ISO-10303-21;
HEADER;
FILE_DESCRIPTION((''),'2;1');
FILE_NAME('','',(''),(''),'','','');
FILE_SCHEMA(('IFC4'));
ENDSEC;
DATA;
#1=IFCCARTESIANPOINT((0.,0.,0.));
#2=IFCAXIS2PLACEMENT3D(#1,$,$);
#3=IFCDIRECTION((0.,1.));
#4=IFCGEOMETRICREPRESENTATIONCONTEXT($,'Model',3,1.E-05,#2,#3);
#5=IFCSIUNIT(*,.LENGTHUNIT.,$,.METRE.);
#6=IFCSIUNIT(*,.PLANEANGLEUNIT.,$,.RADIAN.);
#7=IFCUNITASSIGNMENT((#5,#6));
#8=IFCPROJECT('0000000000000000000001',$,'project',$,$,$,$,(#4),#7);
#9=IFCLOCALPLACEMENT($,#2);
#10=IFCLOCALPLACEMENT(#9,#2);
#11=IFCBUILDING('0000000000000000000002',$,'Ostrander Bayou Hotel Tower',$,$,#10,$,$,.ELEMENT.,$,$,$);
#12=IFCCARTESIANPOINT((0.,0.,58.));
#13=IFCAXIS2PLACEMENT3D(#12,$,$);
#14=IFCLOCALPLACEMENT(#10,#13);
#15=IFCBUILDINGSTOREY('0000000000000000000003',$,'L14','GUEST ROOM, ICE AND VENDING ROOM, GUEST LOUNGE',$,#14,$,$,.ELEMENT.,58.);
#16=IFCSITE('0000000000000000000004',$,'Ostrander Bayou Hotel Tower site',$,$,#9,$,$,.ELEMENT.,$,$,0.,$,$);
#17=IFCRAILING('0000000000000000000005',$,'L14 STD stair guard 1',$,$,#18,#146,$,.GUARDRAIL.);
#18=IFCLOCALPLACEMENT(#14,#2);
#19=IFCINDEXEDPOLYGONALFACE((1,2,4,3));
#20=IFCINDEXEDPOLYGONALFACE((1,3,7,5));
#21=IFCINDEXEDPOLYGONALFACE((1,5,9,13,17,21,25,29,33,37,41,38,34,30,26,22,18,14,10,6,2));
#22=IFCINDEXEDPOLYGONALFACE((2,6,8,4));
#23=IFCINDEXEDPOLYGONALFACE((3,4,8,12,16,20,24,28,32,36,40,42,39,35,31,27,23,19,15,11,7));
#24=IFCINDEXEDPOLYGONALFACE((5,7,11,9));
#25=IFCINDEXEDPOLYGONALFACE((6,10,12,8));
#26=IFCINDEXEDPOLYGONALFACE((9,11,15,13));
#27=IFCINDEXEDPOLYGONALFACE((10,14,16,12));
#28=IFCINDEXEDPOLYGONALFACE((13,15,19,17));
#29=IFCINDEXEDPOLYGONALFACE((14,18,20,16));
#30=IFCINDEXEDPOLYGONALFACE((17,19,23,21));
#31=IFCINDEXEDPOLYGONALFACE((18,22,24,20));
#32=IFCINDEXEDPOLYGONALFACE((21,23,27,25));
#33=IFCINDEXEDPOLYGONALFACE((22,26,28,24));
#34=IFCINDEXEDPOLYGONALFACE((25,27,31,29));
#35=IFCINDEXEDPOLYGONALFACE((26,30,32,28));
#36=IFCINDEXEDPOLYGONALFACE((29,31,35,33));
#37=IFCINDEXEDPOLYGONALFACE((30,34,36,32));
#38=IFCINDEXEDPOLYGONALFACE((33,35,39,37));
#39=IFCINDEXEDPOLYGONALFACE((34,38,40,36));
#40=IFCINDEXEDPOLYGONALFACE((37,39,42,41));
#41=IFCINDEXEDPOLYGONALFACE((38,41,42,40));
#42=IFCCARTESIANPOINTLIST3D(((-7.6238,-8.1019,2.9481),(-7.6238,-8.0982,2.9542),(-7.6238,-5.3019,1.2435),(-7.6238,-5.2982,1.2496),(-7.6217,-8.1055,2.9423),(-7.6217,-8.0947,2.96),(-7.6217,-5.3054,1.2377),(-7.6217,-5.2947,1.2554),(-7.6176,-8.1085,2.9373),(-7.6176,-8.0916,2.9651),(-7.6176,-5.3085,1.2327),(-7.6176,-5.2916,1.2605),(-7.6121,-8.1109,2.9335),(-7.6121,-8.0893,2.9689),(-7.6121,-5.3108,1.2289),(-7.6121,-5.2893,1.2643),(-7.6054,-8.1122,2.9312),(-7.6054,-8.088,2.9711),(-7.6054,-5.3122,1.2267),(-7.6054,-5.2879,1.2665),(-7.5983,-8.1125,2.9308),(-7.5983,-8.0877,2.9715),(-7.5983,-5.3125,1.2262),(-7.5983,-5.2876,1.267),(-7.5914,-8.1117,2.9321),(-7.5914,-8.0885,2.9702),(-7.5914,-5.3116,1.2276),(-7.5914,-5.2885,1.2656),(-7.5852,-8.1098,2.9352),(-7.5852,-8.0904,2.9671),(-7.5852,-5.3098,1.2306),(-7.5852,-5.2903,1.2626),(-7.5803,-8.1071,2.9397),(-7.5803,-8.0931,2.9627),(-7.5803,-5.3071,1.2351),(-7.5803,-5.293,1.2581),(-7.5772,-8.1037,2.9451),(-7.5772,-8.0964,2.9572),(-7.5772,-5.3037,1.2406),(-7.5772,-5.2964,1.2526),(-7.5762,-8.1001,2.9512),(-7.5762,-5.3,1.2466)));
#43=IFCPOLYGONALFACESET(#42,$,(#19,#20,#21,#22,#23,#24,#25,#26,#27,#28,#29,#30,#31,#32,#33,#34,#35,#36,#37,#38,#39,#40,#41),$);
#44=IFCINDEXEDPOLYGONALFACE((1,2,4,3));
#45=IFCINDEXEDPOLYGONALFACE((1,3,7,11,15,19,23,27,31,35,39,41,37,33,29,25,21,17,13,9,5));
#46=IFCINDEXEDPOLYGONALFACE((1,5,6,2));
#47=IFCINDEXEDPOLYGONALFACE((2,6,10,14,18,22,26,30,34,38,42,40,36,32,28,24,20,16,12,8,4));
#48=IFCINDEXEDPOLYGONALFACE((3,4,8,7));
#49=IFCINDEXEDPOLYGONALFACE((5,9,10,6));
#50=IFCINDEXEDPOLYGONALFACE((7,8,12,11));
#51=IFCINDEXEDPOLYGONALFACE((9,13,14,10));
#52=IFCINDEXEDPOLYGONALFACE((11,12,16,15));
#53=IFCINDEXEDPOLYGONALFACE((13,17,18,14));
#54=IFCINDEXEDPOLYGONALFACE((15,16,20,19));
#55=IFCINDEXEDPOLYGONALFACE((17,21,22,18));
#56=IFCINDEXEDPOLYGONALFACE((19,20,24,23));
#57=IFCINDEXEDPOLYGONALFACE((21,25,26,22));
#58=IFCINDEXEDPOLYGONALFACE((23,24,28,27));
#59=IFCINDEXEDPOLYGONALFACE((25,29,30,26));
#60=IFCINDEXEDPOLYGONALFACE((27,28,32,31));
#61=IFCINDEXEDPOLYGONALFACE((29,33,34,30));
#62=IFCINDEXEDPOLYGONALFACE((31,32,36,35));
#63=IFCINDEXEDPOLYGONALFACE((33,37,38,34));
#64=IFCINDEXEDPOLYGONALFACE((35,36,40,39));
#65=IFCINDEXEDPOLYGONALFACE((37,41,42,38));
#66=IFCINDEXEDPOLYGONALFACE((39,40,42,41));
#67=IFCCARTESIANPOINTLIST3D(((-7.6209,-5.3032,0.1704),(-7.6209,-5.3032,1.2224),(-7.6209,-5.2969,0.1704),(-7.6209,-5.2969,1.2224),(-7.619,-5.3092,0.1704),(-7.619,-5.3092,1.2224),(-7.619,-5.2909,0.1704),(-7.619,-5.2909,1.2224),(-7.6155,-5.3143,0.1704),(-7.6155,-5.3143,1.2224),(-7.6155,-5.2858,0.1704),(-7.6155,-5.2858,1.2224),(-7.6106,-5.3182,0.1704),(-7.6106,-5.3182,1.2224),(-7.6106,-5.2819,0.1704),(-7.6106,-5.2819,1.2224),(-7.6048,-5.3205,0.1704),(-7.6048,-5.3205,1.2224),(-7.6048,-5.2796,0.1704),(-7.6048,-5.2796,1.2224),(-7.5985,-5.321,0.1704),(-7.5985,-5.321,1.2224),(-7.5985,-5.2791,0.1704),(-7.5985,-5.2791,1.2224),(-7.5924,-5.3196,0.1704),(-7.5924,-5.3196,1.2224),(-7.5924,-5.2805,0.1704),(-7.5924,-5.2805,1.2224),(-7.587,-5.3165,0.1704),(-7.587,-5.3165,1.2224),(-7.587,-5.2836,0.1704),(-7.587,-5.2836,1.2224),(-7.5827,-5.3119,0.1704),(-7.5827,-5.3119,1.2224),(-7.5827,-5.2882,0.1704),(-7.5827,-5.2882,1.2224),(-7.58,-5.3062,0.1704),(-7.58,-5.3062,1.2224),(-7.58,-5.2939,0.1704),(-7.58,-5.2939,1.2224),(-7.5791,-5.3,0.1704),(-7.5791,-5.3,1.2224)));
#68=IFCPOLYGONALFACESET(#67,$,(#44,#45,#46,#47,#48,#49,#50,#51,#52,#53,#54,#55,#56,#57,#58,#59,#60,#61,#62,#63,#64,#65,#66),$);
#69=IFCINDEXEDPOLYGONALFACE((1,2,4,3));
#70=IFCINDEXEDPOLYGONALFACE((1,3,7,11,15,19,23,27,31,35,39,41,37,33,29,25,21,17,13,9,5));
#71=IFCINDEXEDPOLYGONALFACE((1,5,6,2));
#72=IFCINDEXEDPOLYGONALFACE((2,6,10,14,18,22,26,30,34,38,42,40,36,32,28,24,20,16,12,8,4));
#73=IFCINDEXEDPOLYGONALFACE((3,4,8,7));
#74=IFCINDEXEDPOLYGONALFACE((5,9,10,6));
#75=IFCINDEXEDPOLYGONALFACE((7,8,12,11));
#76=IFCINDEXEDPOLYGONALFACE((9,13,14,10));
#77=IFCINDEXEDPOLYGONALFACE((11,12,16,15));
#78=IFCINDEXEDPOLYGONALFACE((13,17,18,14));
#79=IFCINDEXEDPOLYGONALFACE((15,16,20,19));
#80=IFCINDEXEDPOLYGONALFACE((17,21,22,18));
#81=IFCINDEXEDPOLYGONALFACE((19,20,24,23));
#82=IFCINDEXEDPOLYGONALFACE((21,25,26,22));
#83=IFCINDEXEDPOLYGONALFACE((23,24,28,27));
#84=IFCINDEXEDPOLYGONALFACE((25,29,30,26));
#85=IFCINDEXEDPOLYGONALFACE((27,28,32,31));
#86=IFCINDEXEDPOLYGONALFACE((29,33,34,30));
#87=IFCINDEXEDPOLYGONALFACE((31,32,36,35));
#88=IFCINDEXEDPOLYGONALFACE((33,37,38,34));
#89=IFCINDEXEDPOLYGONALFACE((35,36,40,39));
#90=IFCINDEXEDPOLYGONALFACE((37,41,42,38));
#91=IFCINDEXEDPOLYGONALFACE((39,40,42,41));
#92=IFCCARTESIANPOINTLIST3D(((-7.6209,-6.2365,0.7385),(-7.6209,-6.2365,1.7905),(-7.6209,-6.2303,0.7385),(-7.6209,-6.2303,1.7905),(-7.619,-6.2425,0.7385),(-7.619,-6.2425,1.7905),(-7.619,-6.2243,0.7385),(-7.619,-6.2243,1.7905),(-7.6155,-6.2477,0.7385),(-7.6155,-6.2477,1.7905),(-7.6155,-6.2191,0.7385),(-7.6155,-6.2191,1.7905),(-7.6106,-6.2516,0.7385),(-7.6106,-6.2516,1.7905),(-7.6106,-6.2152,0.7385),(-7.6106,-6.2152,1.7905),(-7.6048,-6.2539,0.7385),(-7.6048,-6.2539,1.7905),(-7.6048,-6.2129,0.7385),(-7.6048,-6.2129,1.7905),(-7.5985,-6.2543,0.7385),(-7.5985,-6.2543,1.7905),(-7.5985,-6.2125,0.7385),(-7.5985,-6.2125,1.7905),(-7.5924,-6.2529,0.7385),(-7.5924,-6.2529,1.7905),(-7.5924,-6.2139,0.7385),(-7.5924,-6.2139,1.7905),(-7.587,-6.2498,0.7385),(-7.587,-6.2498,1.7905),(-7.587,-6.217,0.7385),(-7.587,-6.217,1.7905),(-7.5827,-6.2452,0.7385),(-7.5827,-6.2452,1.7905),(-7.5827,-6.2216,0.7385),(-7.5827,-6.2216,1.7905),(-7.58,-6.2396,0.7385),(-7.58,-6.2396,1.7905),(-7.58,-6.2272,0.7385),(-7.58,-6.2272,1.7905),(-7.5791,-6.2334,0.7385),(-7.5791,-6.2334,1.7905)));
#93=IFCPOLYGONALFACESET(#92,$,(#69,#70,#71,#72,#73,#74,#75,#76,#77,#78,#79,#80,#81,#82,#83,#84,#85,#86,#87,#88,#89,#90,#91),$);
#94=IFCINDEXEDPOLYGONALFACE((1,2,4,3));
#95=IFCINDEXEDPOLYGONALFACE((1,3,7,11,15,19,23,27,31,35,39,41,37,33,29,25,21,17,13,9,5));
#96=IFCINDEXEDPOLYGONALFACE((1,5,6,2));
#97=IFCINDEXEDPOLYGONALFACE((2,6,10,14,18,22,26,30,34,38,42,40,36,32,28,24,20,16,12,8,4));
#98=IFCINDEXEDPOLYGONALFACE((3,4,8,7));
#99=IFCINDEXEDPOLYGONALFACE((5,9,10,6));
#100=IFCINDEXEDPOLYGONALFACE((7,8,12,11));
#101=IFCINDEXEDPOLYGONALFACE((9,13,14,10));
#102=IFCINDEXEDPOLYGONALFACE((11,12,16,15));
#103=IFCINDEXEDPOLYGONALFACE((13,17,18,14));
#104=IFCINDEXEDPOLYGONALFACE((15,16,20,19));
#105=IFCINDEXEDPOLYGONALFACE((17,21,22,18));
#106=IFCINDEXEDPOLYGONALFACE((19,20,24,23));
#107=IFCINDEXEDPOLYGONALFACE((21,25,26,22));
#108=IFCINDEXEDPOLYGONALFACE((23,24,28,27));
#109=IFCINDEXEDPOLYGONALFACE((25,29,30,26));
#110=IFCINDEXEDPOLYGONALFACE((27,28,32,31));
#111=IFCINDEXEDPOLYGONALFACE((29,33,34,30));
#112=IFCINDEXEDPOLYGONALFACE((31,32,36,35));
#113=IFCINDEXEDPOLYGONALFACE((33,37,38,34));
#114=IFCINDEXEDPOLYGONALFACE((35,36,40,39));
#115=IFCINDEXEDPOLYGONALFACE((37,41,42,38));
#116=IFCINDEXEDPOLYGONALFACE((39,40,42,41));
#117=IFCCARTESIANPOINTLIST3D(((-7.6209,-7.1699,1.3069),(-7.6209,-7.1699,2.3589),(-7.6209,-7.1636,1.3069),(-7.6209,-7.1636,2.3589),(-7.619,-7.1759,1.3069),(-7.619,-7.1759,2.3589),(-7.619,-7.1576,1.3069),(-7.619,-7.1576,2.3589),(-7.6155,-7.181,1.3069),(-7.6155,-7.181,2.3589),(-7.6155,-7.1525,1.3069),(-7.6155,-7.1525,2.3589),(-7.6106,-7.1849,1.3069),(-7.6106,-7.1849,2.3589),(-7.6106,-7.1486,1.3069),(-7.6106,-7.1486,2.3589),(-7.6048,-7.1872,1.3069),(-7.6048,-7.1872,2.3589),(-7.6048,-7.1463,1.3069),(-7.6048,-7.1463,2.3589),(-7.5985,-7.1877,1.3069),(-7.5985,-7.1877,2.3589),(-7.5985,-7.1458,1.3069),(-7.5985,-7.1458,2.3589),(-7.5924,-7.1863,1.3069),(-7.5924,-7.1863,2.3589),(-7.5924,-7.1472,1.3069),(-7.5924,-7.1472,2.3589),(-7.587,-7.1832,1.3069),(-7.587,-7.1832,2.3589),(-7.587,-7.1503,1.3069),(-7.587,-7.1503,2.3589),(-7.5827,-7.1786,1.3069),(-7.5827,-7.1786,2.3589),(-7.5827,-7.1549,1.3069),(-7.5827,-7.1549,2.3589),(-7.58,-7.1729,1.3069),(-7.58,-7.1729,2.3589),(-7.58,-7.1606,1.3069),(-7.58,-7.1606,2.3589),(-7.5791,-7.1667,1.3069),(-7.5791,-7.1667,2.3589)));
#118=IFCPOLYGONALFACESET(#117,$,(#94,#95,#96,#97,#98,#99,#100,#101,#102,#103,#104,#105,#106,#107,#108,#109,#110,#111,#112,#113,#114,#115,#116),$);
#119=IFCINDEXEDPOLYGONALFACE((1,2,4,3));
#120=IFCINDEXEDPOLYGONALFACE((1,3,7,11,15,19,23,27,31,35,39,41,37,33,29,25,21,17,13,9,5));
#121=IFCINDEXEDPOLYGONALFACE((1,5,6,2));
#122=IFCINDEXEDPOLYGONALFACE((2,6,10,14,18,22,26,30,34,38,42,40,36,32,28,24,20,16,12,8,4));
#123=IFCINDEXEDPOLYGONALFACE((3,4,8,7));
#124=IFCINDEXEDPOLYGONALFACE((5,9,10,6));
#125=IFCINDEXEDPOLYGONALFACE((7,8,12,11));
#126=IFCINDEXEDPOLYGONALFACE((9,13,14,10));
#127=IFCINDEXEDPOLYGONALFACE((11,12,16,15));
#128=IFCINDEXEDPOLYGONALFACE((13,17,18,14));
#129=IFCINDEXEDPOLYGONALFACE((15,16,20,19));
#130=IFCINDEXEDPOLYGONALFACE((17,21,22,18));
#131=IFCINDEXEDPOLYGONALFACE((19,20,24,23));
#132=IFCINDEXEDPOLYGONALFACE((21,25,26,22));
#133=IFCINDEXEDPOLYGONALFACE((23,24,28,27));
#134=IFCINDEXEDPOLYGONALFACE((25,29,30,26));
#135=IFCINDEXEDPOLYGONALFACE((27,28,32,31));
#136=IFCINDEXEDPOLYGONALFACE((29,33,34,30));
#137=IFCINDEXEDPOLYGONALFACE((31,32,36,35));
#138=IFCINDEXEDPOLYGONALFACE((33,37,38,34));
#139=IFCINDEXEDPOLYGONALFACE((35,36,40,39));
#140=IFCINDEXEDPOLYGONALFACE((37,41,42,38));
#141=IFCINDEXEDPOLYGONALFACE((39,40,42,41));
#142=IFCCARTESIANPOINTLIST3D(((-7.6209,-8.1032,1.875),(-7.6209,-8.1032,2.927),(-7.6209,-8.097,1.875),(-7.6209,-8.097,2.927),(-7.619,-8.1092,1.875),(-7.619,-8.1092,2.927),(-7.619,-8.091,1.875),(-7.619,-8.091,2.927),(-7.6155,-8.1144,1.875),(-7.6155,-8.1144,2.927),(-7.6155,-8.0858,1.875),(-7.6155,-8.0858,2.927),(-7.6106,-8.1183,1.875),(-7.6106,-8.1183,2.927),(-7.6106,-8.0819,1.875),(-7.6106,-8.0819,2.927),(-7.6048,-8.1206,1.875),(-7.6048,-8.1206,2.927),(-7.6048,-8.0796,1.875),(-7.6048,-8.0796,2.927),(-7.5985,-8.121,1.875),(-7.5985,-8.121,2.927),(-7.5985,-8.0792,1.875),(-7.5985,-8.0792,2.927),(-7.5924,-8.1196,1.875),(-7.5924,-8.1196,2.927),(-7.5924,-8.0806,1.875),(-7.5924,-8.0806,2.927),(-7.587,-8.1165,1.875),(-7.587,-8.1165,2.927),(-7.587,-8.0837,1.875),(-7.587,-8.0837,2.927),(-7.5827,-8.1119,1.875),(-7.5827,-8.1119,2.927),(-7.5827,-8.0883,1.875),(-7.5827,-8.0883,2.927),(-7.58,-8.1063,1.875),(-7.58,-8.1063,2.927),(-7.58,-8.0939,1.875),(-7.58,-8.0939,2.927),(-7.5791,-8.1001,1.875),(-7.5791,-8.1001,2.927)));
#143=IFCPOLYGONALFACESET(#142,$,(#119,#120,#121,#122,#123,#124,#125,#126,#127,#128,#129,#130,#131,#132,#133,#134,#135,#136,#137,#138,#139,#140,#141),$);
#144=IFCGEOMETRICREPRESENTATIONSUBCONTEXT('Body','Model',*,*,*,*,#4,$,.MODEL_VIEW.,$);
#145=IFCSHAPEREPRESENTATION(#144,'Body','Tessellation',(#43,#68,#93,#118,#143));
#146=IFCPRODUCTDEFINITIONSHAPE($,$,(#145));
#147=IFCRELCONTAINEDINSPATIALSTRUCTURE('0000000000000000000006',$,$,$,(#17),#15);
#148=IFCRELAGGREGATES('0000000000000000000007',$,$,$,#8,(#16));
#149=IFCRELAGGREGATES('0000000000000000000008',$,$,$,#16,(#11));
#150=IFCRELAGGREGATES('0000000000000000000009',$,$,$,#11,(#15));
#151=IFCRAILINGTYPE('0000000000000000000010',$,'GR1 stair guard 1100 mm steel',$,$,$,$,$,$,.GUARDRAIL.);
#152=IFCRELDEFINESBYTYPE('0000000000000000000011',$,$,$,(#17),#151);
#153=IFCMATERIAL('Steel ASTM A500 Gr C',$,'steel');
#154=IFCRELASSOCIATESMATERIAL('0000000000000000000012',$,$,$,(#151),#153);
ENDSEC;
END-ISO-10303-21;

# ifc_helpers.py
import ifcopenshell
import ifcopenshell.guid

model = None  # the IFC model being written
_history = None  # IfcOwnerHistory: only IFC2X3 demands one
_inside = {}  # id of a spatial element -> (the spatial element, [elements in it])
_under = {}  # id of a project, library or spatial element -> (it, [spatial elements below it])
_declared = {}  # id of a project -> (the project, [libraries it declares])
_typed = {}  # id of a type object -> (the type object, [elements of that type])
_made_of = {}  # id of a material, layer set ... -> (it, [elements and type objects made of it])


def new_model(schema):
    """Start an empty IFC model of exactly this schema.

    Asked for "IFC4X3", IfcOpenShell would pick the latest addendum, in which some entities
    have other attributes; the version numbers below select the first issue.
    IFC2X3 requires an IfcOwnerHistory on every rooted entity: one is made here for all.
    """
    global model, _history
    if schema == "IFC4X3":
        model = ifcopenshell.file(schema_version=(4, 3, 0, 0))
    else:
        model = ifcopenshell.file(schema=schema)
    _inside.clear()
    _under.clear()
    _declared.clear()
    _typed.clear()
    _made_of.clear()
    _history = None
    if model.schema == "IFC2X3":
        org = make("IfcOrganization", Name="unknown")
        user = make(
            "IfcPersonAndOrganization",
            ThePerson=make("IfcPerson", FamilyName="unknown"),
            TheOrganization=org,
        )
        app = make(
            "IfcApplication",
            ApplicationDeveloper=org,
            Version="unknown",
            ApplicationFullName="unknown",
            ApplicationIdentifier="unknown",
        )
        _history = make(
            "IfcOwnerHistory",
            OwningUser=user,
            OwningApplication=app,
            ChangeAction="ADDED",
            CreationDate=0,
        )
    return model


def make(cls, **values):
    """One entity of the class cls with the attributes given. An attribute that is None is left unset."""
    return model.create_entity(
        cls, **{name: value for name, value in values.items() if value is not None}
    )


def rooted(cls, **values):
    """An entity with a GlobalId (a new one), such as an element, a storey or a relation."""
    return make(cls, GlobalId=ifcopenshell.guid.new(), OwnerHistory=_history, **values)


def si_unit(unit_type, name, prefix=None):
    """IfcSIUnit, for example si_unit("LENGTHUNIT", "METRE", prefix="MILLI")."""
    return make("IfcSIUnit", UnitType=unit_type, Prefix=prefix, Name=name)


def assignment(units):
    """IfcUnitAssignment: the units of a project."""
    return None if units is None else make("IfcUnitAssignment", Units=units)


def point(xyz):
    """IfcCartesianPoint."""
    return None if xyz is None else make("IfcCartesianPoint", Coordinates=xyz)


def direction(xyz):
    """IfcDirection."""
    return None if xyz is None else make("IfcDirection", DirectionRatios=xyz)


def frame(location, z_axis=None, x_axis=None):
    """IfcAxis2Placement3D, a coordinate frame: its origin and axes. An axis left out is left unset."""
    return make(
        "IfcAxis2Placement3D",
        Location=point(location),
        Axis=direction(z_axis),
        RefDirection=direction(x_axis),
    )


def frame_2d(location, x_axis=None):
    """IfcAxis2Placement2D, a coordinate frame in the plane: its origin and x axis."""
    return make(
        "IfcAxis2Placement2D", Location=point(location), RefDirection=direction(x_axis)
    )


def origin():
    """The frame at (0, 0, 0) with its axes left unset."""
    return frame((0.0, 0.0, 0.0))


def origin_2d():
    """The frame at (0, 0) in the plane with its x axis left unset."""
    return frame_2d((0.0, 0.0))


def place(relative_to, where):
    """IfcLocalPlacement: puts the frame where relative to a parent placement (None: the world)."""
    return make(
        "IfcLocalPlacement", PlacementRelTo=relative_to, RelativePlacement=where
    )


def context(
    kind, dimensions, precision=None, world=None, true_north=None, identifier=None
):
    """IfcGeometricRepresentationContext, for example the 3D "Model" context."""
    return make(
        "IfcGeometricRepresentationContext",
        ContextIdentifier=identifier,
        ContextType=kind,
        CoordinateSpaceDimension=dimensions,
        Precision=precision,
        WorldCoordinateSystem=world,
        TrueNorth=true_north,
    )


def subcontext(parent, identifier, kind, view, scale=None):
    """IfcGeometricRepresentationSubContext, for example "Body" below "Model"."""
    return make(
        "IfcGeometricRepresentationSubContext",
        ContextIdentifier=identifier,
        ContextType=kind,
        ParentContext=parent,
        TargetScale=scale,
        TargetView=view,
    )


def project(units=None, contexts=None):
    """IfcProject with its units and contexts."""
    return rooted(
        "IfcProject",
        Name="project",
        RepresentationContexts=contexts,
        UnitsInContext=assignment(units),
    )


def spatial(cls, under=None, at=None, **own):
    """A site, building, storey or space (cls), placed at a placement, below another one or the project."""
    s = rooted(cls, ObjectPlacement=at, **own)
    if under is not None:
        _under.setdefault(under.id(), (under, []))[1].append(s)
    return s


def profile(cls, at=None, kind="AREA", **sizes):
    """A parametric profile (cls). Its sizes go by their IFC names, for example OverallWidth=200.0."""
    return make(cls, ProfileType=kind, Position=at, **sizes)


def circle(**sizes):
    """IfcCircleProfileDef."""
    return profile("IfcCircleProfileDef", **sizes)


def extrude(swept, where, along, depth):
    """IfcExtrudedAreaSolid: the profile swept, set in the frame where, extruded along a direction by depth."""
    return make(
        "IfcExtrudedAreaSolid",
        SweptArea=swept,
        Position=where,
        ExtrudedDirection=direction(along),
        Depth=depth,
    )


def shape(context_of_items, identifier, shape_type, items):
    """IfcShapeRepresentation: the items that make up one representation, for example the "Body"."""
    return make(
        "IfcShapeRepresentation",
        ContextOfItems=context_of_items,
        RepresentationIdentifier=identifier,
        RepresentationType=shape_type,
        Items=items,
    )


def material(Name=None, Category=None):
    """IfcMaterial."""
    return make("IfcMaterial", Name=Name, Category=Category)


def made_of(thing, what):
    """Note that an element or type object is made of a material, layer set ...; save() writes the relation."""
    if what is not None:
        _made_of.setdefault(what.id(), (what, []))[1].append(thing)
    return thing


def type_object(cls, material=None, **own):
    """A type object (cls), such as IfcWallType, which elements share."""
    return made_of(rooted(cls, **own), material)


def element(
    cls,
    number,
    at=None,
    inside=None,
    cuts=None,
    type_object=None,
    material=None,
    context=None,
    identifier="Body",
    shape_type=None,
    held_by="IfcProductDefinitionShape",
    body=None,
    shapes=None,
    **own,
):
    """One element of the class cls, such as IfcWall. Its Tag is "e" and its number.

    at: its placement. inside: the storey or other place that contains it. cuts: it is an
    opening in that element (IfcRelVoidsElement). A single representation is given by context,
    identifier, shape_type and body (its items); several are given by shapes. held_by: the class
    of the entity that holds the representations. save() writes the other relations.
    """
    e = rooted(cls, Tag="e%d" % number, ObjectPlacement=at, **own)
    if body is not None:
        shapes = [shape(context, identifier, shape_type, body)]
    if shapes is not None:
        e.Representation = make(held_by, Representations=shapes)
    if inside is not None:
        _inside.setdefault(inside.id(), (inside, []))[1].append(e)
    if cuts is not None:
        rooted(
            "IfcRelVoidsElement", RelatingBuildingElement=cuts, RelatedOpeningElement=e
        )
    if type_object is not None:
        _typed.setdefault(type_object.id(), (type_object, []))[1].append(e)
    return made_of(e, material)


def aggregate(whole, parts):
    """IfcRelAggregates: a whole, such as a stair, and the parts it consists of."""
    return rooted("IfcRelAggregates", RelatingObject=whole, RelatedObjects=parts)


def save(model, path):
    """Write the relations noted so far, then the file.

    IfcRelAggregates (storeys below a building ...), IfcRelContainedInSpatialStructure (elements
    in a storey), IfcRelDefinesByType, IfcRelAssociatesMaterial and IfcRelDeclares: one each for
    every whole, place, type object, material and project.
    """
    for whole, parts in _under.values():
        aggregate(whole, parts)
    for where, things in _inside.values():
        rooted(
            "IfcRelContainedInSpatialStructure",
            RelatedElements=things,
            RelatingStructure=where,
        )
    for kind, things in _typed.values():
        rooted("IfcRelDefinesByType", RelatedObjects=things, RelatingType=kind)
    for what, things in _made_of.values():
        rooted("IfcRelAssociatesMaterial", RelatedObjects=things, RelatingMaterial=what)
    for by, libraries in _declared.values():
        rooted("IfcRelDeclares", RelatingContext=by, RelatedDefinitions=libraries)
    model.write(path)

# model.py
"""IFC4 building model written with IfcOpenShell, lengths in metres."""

from ifc_helpers import new_model, si_unit, direction, frame, origin, origin_2d, place, context, subcontext, project, spatial, circle, extrude, material, type_object, element, save


model = new_model("IFC4")

# Units and contexts
model_context = context("Model", 3, precision=1e-05, world=origin(), true_north=direction((0.0, 1.0)))
body_context = subcontext(model_context, "Body", "Model", "MODEL_VIEW")
ifc_project = project(units=[si_unit("LENGTHUNIT", "METRE"), si_unit("PLANEANGLEUNIT", "RADIAN")], contexts=[model_context])

# Site, building, storey
site_placement = place(None, origin())
site = spatial("IfcSite", under=ifc_project, at=site_placement, Name="Ostrander Bayou Hotel Tower site", CompositionType="ELEMENT", RefElevation=0.0)
building_placement = place(site_placement, origin())
building = spatial("IfcBuilding", under=site, at=building_placement, Name="Ostrander Bayou Hotel Tower", CompositionType="ELEMENT")
storey_placement = place(building_placement, frame((0.0, 0.0, 58.0)))
storey = spatial("IfcBuildingStorey", under=building, at=storey_placement, Name="L14", Description="GUEST ROOM, ICE AND VENDING ROOM, GUEST LOUNGE", CompositionType="ELEMENT", Elevation=58.0)

# Railing
ifc_material_1 = material(Name="Steel ASTM A500 Gr C", Category="steel")
railing_type = type_object("IfcRailingType", Name="GR1 stair guard 1100 mm steel", PredefinedType="GUARDRAIL", material=ifc_material_1)
railing_1_placement = place(storey_placement, frame((-7.6001, -5.3, 0.1704)))
element("IfcRailing", 1, at=railing_1_placement, inside=storey, type_object=railing_type, Name="L14 STD stair guard 1", PredefinedType="GUARDRAIL", context=body_context, shape_type="SweptSolid", body=[
    extrude(circle(Radius=0.0239, at=origin_2d()), frame((0.0, 0.0, 1.0762), z_axis=(0.0, -0.85417, 0.519994), x_axis=(1.0, 0.0, 0.0)), (0.0, 0.0, 1.0), 3.2781),
    extrude(circle(Radius=0.021, at=origin_2d()), origin(), (0.0, 0.0, 1.0), 1.052),
    extrude(circle(Radius=0.021, at=origin_2d()), frame((0.0, -0.9333, 0.5681)), (0.0, 0.0, 1.0), 1.052),
    extrude(circle(Radius=0.021, at=origin_2d()), frame((0.0, -1.8667, 1.1365)), (0.0, 0.0, 1.0), 1.052),
    extrude(circle(Radius=0.021, at=origin_2d()), frame((0.0, -2.8, 1.7046)), (0.0, 0.0, 1.0), 1.052),
])

save(model, "model.ifc")
